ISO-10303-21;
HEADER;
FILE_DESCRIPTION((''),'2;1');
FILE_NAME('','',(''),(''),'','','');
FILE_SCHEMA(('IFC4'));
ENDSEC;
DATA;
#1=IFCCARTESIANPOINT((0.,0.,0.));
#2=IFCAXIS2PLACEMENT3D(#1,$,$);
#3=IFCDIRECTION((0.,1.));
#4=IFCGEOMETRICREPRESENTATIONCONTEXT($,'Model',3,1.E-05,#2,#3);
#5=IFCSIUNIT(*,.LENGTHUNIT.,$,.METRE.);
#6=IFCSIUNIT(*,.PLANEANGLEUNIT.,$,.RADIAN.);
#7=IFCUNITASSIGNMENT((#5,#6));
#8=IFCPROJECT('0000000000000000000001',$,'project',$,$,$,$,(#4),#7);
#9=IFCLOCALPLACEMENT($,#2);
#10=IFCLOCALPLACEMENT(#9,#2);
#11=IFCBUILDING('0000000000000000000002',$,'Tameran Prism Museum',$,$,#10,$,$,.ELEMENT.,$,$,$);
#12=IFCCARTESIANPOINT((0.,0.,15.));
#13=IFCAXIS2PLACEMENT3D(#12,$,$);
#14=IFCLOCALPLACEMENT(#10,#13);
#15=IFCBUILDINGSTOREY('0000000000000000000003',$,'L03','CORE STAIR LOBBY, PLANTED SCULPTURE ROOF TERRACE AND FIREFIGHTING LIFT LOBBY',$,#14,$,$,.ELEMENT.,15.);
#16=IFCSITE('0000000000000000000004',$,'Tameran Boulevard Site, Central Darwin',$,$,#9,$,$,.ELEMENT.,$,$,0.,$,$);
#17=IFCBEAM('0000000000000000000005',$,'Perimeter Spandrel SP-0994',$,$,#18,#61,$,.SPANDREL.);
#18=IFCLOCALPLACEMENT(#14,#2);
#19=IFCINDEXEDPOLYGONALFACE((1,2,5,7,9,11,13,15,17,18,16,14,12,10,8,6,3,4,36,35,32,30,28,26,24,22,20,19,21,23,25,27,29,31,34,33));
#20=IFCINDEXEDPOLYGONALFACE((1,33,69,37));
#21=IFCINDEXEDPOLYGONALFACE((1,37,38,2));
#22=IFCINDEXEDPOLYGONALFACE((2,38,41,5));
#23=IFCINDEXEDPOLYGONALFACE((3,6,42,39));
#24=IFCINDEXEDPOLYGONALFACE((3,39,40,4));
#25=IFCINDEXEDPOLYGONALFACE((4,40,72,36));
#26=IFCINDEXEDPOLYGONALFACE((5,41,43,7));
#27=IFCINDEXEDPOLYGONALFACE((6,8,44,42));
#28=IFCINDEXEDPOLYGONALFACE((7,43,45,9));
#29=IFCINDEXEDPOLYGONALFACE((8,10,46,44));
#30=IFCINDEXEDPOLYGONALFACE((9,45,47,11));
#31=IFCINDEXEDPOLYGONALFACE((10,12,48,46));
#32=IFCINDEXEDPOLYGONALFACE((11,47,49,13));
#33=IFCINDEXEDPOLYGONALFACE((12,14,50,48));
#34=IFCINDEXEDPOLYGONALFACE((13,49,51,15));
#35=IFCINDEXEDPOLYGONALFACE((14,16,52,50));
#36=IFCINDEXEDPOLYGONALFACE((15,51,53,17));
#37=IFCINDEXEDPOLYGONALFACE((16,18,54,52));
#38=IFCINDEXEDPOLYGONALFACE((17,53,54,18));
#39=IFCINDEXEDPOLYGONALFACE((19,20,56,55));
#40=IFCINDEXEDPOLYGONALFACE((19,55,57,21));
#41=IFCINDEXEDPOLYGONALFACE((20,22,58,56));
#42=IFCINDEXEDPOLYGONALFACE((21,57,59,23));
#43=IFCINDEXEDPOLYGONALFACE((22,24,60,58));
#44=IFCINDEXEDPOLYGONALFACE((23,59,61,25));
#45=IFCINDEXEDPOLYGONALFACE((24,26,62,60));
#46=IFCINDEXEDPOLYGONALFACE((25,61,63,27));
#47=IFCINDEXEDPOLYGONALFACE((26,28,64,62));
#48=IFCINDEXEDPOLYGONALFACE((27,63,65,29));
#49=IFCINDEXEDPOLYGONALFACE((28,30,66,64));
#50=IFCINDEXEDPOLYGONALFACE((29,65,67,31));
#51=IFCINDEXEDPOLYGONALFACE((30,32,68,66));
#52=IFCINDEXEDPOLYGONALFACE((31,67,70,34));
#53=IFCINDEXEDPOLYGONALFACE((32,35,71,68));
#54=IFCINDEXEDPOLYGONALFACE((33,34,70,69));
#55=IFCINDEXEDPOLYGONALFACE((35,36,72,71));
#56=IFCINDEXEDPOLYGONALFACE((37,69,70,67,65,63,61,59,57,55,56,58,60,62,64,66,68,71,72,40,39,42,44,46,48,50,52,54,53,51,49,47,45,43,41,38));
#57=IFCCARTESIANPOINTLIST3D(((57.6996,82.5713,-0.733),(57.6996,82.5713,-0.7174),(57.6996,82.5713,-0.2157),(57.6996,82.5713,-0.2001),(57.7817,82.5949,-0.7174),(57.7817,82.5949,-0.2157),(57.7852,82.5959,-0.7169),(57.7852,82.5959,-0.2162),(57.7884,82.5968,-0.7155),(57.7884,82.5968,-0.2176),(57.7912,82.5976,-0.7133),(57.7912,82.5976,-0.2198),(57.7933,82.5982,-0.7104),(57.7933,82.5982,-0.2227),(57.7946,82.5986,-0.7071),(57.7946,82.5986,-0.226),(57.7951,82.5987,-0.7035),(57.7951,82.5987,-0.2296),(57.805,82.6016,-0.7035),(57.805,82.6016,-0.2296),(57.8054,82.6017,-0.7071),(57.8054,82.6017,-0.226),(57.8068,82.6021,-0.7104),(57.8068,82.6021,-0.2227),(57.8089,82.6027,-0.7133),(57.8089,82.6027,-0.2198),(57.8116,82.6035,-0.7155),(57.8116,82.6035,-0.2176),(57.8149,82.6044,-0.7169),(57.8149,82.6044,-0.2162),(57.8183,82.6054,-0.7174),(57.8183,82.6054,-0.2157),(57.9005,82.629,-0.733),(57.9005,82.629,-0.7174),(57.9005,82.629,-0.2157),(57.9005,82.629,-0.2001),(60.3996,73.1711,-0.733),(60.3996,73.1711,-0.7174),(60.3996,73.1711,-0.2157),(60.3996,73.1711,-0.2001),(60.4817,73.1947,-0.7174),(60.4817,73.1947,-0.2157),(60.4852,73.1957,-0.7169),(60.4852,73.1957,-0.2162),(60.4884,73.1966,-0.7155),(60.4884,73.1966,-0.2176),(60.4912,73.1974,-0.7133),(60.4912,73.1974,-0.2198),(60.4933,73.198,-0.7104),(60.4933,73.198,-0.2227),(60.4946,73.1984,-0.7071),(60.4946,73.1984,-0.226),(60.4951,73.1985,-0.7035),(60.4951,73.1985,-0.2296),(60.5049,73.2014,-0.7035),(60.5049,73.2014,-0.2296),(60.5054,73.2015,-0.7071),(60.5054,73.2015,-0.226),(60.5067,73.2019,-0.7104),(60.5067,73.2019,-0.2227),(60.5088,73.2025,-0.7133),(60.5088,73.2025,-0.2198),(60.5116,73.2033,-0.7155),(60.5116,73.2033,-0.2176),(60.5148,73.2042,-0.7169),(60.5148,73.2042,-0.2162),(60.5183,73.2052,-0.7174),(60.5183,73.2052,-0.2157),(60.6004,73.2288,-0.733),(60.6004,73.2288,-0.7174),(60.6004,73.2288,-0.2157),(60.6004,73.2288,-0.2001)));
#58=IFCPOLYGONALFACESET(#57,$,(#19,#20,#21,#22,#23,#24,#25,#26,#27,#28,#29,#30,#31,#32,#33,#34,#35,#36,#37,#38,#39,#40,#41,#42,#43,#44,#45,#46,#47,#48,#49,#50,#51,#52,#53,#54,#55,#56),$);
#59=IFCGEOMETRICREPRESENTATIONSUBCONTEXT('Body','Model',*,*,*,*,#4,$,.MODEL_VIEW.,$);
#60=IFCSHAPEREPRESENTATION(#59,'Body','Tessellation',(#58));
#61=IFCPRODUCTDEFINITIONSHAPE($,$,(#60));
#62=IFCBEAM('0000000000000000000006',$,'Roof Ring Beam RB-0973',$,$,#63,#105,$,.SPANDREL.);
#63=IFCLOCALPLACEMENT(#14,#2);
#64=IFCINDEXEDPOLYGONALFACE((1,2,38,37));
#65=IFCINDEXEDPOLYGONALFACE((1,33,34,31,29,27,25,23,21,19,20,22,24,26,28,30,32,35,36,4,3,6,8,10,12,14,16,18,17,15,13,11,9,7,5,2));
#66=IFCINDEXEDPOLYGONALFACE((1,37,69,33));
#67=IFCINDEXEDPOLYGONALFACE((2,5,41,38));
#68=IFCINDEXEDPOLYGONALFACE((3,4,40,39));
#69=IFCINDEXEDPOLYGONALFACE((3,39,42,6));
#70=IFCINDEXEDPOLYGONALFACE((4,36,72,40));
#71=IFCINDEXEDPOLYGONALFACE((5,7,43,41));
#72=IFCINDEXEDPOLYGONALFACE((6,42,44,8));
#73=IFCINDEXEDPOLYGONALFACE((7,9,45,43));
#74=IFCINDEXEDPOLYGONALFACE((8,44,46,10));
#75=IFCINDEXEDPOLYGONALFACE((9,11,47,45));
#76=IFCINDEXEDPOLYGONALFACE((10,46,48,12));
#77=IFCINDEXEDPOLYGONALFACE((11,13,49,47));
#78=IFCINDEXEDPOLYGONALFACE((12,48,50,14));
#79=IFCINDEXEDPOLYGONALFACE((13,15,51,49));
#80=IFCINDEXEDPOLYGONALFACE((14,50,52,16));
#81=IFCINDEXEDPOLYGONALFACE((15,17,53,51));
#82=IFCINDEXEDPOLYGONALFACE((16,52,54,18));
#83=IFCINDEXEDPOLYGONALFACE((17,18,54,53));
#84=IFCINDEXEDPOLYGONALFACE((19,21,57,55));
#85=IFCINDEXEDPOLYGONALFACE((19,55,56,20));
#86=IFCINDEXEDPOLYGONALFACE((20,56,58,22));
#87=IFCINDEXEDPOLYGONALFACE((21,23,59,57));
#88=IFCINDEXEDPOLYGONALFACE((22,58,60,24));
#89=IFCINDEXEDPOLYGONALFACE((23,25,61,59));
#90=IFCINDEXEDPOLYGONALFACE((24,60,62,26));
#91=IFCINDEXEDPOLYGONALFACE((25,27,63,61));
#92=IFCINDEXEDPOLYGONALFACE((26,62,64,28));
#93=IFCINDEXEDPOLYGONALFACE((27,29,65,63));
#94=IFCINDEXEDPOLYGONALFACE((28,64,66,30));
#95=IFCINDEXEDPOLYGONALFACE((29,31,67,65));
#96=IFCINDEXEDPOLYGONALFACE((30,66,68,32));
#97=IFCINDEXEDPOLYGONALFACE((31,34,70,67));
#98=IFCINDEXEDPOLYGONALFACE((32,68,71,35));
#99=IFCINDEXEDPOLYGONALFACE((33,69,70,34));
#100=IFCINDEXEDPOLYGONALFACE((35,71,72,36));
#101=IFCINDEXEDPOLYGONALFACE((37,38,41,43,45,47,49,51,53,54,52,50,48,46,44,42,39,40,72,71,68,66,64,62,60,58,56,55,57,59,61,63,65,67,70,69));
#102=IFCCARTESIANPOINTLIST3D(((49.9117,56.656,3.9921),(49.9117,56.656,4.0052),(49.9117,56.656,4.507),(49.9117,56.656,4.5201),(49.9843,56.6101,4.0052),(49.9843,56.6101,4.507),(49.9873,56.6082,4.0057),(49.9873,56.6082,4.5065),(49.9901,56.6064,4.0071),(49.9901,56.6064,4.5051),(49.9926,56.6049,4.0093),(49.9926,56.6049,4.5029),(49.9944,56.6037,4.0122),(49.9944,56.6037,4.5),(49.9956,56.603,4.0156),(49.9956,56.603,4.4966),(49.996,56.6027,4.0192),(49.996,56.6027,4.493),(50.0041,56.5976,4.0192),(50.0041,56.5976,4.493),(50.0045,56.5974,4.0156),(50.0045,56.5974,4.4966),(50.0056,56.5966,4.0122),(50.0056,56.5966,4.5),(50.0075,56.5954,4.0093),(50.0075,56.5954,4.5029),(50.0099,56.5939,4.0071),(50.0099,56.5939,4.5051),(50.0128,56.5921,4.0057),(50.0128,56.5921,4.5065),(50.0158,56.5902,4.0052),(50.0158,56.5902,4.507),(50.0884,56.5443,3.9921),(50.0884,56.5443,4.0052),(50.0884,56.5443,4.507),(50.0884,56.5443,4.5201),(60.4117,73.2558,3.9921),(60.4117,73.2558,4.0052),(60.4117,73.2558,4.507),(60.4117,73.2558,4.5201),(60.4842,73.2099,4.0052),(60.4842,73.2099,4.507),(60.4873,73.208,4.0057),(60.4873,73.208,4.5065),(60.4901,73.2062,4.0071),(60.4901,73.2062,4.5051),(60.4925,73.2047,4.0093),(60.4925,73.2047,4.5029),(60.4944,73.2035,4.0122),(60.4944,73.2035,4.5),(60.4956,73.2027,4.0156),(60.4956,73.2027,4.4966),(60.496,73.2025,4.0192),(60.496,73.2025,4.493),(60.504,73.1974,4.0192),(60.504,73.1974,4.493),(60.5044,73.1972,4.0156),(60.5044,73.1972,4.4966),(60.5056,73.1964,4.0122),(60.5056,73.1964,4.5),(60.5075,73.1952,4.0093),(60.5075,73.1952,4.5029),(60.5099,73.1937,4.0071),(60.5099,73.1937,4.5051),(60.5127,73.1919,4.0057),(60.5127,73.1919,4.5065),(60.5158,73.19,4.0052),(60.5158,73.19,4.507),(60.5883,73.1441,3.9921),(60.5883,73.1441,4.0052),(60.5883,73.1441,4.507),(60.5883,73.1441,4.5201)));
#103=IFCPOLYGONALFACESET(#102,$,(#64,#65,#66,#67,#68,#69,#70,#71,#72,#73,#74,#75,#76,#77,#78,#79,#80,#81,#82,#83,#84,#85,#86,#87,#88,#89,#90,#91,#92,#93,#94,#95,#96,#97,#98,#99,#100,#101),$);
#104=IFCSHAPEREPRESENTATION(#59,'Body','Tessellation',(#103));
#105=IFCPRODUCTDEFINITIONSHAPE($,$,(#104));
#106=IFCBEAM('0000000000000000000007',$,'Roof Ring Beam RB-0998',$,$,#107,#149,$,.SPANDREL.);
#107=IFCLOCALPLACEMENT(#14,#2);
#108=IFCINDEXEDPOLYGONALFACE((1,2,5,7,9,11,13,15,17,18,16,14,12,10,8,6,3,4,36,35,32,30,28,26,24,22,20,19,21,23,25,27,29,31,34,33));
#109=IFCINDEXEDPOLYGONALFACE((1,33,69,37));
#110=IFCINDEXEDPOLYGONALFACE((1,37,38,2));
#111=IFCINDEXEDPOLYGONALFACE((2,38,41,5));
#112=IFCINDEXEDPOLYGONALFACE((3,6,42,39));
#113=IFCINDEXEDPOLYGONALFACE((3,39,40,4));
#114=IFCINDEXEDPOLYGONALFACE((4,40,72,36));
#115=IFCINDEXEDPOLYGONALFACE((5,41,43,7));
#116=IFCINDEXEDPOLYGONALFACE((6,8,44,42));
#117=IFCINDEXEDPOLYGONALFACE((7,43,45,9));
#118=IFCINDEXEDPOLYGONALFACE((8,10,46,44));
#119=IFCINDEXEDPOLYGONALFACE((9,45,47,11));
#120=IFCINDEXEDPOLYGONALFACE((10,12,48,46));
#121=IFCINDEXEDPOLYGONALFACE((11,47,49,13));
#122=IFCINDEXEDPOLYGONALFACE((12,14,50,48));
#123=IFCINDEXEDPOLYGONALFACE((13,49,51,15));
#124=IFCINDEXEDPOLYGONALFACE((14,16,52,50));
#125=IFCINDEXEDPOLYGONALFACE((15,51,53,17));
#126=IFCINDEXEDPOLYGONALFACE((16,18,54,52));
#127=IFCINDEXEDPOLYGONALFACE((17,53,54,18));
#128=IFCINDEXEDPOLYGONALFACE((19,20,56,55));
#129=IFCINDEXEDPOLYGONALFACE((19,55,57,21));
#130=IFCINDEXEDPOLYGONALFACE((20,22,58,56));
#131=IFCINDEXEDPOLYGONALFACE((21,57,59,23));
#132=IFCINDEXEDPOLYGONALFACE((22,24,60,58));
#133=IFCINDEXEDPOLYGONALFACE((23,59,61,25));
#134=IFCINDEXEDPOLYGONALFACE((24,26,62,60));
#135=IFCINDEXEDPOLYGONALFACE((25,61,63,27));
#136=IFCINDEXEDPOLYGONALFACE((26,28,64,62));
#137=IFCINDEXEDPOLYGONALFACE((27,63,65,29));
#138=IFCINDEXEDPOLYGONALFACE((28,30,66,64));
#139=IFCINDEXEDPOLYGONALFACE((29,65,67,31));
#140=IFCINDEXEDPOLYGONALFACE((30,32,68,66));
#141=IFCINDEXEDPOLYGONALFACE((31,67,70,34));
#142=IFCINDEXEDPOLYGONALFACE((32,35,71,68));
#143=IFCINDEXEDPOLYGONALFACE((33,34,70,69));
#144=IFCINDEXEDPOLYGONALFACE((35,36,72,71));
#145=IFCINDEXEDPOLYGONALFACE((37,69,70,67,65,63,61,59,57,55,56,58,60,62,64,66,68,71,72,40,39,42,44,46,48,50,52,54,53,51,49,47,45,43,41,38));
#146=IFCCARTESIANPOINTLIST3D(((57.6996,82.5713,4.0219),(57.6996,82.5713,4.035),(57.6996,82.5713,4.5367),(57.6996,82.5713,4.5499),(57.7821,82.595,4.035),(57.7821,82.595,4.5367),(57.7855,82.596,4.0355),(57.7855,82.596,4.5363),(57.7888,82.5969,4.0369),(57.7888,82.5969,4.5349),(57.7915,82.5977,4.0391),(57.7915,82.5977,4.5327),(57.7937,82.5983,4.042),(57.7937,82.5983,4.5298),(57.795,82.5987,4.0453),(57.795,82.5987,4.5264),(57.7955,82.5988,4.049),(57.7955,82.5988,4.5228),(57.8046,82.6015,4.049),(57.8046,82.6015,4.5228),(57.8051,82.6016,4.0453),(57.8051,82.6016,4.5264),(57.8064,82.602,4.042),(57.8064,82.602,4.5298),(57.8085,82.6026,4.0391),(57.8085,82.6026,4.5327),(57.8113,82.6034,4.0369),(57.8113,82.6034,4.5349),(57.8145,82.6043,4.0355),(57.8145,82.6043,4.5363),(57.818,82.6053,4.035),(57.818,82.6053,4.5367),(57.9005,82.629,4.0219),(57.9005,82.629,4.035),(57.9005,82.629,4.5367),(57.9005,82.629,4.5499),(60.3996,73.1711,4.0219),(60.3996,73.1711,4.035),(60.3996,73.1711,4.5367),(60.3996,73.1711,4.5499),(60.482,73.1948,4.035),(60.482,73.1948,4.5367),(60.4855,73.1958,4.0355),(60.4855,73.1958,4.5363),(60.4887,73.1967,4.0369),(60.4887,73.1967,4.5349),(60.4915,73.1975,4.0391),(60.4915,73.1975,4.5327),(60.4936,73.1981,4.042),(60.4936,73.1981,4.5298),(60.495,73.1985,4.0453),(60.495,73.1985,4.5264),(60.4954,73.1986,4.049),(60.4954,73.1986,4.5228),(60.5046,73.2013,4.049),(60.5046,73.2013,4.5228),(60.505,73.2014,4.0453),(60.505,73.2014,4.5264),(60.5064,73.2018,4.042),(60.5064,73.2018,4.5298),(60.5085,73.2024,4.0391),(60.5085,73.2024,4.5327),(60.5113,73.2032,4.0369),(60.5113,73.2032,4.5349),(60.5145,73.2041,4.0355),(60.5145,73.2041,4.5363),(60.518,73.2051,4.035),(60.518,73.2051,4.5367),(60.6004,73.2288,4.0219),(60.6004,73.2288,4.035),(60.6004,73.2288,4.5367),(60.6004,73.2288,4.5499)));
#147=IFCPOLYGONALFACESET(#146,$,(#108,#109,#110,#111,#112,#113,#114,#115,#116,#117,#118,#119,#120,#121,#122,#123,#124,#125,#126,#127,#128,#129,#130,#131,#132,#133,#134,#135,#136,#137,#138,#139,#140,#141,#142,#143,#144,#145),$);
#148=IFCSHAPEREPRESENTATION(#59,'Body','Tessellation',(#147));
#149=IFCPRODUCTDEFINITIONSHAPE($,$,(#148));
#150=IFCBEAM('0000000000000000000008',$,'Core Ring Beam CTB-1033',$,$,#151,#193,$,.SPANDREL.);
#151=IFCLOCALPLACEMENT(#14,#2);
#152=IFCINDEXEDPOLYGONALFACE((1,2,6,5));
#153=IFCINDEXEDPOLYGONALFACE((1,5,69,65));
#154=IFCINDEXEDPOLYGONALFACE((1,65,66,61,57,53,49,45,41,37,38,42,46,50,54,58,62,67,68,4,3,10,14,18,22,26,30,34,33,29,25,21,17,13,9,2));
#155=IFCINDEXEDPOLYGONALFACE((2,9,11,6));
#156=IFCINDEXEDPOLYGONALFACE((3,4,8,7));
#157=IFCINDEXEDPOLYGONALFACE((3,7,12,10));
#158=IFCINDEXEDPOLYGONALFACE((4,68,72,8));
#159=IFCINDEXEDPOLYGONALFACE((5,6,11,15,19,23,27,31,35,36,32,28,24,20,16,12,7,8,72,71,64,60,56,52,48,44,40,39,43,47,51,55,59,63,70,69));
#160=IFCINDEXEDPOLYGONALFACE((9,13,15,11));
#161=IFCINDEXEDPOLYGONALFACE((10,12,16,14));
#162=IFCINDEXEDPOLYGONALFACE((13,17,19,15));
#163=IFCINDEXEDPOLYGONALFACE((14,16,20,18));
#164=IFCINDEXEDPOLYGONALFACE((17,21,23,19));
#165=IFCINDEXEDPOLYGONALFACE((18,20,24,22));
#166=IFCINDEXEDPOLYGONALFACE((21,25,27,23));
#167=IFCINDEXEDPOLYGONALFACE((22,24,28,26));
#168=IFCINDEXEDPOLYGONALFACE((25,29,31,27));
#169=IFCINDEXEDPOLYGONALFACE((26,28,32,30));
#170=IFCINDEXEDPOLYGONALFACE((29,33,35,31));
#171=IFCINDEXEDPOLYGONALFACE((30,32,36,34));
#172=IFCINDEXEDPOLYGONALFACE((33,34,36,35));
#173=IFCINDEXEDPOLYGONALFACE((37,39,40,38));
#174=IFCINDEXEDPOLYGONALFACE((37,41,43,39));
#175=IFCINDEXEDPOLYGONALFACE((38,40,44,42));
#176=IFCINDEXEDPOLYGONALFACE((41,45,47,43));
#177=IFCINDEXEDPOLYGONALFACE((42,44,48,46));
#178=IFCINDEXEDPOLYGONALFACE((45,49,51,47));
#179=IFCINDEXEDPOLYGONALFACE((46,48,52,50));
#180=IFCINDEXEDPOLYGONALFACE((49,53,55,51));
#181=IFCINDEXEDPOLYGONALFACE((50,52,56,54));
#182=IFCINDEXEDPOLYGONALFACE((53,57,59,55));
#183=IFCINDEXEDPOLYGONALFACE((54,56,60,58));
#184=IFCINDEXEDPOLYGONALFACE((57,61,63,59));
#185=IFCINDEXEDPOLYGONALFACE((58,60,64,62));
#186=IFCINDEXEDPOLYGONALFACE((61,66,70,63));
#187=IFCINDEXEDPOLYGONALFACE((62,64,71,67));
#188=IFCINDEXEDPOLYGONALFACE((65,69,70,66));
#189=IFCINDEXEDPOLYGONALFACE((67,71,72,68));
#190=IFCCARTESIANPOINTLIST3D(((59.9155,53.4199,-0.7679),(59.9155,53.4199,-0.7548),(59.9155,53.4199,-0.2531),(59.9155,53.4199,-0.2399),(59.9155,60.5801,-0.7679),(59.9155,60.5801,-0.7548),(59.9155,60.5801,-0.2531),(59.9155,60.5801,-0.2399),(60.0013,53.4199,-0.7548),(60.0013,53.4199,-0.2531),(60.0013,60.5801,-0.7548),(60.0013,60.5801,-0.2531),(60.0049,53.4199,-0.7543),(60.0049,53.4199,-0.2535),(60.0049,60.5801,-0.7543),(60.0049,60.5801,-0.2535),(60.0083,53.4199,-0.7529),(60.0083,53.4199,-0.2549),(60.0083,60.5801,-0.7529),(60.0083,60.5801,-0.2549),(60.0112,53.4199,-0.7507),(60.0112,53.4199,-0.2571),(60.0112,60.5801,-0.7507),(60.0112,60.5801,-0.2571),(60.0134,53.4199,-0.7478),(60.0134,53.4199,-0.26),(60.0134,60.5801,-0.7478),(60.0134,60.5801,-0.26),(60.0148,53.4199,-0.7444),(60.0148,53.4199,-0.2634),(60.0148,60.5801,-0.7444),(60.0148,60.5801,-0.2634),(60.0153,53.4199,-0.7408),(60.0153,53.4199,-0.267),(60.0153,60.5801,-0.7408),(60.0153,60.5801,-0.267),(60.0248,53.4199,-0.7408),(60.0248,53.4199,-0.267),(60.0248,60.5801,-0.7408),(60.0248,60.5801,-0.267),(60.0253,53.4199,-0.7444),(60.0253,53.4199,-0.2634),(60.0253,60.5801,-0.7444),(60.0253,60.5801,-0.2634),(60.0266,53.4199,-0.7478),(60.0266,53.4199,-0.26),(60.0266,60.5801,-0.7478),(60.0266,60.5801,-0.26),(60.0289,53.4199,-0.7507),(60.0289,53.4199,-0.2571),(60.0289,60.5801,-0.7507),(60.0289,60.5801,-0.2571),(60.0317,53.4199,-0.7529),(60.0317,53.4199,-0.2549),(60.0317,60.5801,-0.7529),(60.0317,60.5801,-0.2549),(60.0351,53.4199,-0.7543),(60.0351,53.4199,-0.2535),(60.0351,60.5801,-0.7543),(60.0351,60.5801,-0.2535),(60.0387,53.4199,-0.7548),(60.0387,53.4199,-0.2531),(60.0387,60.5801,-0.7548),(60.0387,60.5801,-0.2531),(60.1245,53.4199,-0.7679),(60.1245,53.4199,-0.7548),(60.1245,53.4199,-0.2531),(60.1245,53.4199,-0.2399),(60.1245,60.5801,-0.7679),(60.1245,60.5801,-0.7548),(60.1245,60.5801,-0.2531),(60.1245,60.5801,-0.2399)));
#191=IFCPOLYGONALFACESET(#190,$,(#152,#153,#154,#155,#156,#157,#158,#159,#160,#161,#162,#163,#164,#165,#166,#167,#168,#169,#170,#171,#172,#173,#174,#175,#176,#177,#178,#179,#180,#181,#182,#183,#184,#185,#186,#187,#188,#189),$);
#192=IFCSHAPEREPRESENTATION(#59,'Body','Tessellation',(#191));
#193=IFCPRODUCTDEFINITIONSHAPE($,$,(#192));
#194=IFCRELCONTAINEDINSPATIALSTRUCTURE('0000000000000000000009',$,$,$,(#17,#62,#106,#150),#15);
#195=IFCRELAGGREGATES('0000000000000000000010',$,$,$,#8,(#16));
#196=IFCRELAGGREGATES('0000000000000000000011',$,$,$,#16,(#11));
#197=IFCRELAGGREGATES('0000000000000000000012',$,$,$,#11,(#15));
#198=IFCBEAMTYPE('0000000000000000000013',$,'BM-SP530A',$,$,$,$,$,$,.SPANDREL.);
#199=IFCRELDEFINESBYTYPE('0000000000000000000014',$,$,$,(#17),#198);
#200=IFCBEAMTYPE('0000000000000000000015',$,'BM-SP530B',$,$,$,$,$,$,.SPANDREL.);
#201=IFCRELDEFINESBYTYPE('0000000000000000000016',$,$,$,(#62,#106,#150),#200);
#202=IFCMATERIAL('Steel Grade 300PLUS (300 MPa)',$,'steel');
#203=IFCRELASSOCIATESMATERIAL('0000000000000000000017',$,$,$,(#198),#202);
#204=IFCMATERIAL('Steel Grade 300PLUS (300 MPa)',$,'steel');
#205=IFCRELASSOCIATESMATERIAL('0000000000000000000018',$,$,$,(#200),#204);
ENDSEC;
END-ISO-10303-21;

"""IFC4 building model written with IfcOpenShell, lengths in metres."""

from ifc_helpers import new_model, si_unit, direction, frame, origin, origin_2d, place, context, subcontext, project, spatial, i_section, extrude, material, material_profile, profile_set, type_object, element, save


model = new_model("IFC4")

# Units and contexts
model_context = context("Model", 3, precision=1e-05, world=origin(), true_north=direction((0.0, 1.0)))
body_context = subcontext(model_context, "Body", "Model", "MODEL_VIEW")
ifc_project = project(units=[si_unit("LENGTHUNIT", "METRE"), si_unit("PLANEANGLEUNIT", "RADIAN")], contexts=[model_context])

# Site, building, storey
site_placement = place(None, origin())
site = spatial("IfcSite", under=ifc_project, at=site_placement, Name="Tameran Boulevard Site, Central Darwin", CompositionType="ELEMENT", RefElevation=0.0)
building_placement = place(site_placement, origin())
building = spatial("IfcBuilding", under=site, at=building_placement, Name="Tameran Prism Museum", CompositionType="ELEMENT")
storey_placement = place(building_placement, frame((0.0, 0.0, 15.0)))
storey = spatial("IfcBuildingStorey", under=building, at=storey_placement, Name="L03", Description="CORE STAIR LOBBY, PLANTED SCULPTURE ROOF TERRACE AND FIREFIGHTING LIFT LOBBY", CompositionType="ELEMENT", Elevation=15.0)

# Beams
ifc_material_1 = material(Name="Steel Grade 300PLUS (300 MPa)", Category="steel")
ifc_material_profile_1 = material_profile(ifc_material_1, i_section(OverallWidth=0.209, OverallDepth=0.533, WebThickness=0.0103, FlangeThickness=0.0156, FilletRadius=0.0139, at=origin_2d()))
ifc_profile_set_1 = profile_set([ifc_material_profile_1])
beam_type_1 = type_object("IfcBeamType", Name="BM-SP530A", PredefinedType="SPANDREL", material=ifc_profile_set_1)
beam_1_placement = place(storey_placement, frame((60.5, 73.2, -0.4666), z_axis=(-0.276063, 0.96114, 0.0), x_axis=(-0.96114, -0.276063, 0.0)))
element("IfcBeam", 1, at=beam_1_placement, inside=storey, type_object=beam_type_1, Name="Perimeter Spandrel SP-0994", PredefinedType="SPANDREL", context=body_context, shape_type="SweptSolid", body=[
    extrude(i_section(OverallWidth=0.209, OverallDepth=0.533, WebThickness=0.0103, FlangeThickness=0.0156, FilletRadius=0.0139, at=origin_2d()), origin(), (0.0, 0.0, 1.0), 9.7803),
])
ifc_material_2 = material(Name="Steel Grade 300PLUS (300 MPa)", Category="steel")
ifc_material_profile_2 = material_profile(ifc_material_2, i_section(OverallWidth=0.209, OverallDepth=0.5281, WebThickness=0.0095, FlangeThickness=0.0132, FilletRadius=0.0139, at=origin_2d()))
ifc_profile_set_2 = profile_set([ifc_material_profile_2])
beam_type_2 = type_object("IfcBeamType", Name="BM-SP530B", PredefinedType="SPANDREL", material=ifc_profile_set_2)
beam_2_placement = place(storey_placement, frame((60.5, 73.2, 4.2561), z_axis=(-0.534571, -0.845124, 0.0), x_axis=(0.845124, -0.534571, 0.0)))
element("IfcBeam", 2, at=beam_2_placement, inside=storey, type_object=beam_type_2, Name="Roof Ring Beam RB-0973", PredefinedType="SPANDREL", context=body_context, shape_type="SweptSolid", body=[
    extrude(i_section(OverallWidth=0.209, OverallDepth=0.5281, WebThickness=0.0095, FlangeThickness=0.0132, FilletRadius=0.0139, at=origin_2d()), origin(), (0.0, 0.0, 1.0), 19.6418),
])
beam_3_placement = place(storey_placement, frame((60.5, 73.2, 4.2859), z_axis=(-0.276063, 0.96114, 0.0), x_axis=(-0.96114, -0.276063, 0.0)))
element("IfcBeam", 3, at=beam_3_placement, inside=storey, type_object=beam_type_2, Name="Roof Ring Beam RB-0998", PredefinedType="SPANDREL", context=body_context, shape_type="SweptSolid", body=[
    extrude(i_section(OverallWidth=0.209, OverallDepth=0.5281, WebThickness=0.0095, FlangeThickness=0.0132, FilletRadius=0.0139, at=origin_2d()), origin(), (0.0, 0.0, 1.0), 9.7803),
])
beam_4_placement = place(storey_placement, frame((60.02, 60.5801, -0.5039), z_axis=(0.0, -1.0, 0.0), x_axis=(1.0, 0.0, 0.0)))
element("IfcBeam", 4, at=beam_4_placement, inside=storey, type_object=beam_type_2, Name="Core Ring Beam CTB-1033", PredefinedType="SPANDREL", context=body_context, shape_type="SweptSolid", body=[
    extrude(i_section(OverallWidth=0.209, OverallDepth=0.5281, WebThickness=0.0095, FlangeThickness=0.0132, FilletRadius=0.0139, at=origin_2d()), origin(), (0.0, 0.0, 1.0), 7.1602),
])

save(model, "model.ifc")
